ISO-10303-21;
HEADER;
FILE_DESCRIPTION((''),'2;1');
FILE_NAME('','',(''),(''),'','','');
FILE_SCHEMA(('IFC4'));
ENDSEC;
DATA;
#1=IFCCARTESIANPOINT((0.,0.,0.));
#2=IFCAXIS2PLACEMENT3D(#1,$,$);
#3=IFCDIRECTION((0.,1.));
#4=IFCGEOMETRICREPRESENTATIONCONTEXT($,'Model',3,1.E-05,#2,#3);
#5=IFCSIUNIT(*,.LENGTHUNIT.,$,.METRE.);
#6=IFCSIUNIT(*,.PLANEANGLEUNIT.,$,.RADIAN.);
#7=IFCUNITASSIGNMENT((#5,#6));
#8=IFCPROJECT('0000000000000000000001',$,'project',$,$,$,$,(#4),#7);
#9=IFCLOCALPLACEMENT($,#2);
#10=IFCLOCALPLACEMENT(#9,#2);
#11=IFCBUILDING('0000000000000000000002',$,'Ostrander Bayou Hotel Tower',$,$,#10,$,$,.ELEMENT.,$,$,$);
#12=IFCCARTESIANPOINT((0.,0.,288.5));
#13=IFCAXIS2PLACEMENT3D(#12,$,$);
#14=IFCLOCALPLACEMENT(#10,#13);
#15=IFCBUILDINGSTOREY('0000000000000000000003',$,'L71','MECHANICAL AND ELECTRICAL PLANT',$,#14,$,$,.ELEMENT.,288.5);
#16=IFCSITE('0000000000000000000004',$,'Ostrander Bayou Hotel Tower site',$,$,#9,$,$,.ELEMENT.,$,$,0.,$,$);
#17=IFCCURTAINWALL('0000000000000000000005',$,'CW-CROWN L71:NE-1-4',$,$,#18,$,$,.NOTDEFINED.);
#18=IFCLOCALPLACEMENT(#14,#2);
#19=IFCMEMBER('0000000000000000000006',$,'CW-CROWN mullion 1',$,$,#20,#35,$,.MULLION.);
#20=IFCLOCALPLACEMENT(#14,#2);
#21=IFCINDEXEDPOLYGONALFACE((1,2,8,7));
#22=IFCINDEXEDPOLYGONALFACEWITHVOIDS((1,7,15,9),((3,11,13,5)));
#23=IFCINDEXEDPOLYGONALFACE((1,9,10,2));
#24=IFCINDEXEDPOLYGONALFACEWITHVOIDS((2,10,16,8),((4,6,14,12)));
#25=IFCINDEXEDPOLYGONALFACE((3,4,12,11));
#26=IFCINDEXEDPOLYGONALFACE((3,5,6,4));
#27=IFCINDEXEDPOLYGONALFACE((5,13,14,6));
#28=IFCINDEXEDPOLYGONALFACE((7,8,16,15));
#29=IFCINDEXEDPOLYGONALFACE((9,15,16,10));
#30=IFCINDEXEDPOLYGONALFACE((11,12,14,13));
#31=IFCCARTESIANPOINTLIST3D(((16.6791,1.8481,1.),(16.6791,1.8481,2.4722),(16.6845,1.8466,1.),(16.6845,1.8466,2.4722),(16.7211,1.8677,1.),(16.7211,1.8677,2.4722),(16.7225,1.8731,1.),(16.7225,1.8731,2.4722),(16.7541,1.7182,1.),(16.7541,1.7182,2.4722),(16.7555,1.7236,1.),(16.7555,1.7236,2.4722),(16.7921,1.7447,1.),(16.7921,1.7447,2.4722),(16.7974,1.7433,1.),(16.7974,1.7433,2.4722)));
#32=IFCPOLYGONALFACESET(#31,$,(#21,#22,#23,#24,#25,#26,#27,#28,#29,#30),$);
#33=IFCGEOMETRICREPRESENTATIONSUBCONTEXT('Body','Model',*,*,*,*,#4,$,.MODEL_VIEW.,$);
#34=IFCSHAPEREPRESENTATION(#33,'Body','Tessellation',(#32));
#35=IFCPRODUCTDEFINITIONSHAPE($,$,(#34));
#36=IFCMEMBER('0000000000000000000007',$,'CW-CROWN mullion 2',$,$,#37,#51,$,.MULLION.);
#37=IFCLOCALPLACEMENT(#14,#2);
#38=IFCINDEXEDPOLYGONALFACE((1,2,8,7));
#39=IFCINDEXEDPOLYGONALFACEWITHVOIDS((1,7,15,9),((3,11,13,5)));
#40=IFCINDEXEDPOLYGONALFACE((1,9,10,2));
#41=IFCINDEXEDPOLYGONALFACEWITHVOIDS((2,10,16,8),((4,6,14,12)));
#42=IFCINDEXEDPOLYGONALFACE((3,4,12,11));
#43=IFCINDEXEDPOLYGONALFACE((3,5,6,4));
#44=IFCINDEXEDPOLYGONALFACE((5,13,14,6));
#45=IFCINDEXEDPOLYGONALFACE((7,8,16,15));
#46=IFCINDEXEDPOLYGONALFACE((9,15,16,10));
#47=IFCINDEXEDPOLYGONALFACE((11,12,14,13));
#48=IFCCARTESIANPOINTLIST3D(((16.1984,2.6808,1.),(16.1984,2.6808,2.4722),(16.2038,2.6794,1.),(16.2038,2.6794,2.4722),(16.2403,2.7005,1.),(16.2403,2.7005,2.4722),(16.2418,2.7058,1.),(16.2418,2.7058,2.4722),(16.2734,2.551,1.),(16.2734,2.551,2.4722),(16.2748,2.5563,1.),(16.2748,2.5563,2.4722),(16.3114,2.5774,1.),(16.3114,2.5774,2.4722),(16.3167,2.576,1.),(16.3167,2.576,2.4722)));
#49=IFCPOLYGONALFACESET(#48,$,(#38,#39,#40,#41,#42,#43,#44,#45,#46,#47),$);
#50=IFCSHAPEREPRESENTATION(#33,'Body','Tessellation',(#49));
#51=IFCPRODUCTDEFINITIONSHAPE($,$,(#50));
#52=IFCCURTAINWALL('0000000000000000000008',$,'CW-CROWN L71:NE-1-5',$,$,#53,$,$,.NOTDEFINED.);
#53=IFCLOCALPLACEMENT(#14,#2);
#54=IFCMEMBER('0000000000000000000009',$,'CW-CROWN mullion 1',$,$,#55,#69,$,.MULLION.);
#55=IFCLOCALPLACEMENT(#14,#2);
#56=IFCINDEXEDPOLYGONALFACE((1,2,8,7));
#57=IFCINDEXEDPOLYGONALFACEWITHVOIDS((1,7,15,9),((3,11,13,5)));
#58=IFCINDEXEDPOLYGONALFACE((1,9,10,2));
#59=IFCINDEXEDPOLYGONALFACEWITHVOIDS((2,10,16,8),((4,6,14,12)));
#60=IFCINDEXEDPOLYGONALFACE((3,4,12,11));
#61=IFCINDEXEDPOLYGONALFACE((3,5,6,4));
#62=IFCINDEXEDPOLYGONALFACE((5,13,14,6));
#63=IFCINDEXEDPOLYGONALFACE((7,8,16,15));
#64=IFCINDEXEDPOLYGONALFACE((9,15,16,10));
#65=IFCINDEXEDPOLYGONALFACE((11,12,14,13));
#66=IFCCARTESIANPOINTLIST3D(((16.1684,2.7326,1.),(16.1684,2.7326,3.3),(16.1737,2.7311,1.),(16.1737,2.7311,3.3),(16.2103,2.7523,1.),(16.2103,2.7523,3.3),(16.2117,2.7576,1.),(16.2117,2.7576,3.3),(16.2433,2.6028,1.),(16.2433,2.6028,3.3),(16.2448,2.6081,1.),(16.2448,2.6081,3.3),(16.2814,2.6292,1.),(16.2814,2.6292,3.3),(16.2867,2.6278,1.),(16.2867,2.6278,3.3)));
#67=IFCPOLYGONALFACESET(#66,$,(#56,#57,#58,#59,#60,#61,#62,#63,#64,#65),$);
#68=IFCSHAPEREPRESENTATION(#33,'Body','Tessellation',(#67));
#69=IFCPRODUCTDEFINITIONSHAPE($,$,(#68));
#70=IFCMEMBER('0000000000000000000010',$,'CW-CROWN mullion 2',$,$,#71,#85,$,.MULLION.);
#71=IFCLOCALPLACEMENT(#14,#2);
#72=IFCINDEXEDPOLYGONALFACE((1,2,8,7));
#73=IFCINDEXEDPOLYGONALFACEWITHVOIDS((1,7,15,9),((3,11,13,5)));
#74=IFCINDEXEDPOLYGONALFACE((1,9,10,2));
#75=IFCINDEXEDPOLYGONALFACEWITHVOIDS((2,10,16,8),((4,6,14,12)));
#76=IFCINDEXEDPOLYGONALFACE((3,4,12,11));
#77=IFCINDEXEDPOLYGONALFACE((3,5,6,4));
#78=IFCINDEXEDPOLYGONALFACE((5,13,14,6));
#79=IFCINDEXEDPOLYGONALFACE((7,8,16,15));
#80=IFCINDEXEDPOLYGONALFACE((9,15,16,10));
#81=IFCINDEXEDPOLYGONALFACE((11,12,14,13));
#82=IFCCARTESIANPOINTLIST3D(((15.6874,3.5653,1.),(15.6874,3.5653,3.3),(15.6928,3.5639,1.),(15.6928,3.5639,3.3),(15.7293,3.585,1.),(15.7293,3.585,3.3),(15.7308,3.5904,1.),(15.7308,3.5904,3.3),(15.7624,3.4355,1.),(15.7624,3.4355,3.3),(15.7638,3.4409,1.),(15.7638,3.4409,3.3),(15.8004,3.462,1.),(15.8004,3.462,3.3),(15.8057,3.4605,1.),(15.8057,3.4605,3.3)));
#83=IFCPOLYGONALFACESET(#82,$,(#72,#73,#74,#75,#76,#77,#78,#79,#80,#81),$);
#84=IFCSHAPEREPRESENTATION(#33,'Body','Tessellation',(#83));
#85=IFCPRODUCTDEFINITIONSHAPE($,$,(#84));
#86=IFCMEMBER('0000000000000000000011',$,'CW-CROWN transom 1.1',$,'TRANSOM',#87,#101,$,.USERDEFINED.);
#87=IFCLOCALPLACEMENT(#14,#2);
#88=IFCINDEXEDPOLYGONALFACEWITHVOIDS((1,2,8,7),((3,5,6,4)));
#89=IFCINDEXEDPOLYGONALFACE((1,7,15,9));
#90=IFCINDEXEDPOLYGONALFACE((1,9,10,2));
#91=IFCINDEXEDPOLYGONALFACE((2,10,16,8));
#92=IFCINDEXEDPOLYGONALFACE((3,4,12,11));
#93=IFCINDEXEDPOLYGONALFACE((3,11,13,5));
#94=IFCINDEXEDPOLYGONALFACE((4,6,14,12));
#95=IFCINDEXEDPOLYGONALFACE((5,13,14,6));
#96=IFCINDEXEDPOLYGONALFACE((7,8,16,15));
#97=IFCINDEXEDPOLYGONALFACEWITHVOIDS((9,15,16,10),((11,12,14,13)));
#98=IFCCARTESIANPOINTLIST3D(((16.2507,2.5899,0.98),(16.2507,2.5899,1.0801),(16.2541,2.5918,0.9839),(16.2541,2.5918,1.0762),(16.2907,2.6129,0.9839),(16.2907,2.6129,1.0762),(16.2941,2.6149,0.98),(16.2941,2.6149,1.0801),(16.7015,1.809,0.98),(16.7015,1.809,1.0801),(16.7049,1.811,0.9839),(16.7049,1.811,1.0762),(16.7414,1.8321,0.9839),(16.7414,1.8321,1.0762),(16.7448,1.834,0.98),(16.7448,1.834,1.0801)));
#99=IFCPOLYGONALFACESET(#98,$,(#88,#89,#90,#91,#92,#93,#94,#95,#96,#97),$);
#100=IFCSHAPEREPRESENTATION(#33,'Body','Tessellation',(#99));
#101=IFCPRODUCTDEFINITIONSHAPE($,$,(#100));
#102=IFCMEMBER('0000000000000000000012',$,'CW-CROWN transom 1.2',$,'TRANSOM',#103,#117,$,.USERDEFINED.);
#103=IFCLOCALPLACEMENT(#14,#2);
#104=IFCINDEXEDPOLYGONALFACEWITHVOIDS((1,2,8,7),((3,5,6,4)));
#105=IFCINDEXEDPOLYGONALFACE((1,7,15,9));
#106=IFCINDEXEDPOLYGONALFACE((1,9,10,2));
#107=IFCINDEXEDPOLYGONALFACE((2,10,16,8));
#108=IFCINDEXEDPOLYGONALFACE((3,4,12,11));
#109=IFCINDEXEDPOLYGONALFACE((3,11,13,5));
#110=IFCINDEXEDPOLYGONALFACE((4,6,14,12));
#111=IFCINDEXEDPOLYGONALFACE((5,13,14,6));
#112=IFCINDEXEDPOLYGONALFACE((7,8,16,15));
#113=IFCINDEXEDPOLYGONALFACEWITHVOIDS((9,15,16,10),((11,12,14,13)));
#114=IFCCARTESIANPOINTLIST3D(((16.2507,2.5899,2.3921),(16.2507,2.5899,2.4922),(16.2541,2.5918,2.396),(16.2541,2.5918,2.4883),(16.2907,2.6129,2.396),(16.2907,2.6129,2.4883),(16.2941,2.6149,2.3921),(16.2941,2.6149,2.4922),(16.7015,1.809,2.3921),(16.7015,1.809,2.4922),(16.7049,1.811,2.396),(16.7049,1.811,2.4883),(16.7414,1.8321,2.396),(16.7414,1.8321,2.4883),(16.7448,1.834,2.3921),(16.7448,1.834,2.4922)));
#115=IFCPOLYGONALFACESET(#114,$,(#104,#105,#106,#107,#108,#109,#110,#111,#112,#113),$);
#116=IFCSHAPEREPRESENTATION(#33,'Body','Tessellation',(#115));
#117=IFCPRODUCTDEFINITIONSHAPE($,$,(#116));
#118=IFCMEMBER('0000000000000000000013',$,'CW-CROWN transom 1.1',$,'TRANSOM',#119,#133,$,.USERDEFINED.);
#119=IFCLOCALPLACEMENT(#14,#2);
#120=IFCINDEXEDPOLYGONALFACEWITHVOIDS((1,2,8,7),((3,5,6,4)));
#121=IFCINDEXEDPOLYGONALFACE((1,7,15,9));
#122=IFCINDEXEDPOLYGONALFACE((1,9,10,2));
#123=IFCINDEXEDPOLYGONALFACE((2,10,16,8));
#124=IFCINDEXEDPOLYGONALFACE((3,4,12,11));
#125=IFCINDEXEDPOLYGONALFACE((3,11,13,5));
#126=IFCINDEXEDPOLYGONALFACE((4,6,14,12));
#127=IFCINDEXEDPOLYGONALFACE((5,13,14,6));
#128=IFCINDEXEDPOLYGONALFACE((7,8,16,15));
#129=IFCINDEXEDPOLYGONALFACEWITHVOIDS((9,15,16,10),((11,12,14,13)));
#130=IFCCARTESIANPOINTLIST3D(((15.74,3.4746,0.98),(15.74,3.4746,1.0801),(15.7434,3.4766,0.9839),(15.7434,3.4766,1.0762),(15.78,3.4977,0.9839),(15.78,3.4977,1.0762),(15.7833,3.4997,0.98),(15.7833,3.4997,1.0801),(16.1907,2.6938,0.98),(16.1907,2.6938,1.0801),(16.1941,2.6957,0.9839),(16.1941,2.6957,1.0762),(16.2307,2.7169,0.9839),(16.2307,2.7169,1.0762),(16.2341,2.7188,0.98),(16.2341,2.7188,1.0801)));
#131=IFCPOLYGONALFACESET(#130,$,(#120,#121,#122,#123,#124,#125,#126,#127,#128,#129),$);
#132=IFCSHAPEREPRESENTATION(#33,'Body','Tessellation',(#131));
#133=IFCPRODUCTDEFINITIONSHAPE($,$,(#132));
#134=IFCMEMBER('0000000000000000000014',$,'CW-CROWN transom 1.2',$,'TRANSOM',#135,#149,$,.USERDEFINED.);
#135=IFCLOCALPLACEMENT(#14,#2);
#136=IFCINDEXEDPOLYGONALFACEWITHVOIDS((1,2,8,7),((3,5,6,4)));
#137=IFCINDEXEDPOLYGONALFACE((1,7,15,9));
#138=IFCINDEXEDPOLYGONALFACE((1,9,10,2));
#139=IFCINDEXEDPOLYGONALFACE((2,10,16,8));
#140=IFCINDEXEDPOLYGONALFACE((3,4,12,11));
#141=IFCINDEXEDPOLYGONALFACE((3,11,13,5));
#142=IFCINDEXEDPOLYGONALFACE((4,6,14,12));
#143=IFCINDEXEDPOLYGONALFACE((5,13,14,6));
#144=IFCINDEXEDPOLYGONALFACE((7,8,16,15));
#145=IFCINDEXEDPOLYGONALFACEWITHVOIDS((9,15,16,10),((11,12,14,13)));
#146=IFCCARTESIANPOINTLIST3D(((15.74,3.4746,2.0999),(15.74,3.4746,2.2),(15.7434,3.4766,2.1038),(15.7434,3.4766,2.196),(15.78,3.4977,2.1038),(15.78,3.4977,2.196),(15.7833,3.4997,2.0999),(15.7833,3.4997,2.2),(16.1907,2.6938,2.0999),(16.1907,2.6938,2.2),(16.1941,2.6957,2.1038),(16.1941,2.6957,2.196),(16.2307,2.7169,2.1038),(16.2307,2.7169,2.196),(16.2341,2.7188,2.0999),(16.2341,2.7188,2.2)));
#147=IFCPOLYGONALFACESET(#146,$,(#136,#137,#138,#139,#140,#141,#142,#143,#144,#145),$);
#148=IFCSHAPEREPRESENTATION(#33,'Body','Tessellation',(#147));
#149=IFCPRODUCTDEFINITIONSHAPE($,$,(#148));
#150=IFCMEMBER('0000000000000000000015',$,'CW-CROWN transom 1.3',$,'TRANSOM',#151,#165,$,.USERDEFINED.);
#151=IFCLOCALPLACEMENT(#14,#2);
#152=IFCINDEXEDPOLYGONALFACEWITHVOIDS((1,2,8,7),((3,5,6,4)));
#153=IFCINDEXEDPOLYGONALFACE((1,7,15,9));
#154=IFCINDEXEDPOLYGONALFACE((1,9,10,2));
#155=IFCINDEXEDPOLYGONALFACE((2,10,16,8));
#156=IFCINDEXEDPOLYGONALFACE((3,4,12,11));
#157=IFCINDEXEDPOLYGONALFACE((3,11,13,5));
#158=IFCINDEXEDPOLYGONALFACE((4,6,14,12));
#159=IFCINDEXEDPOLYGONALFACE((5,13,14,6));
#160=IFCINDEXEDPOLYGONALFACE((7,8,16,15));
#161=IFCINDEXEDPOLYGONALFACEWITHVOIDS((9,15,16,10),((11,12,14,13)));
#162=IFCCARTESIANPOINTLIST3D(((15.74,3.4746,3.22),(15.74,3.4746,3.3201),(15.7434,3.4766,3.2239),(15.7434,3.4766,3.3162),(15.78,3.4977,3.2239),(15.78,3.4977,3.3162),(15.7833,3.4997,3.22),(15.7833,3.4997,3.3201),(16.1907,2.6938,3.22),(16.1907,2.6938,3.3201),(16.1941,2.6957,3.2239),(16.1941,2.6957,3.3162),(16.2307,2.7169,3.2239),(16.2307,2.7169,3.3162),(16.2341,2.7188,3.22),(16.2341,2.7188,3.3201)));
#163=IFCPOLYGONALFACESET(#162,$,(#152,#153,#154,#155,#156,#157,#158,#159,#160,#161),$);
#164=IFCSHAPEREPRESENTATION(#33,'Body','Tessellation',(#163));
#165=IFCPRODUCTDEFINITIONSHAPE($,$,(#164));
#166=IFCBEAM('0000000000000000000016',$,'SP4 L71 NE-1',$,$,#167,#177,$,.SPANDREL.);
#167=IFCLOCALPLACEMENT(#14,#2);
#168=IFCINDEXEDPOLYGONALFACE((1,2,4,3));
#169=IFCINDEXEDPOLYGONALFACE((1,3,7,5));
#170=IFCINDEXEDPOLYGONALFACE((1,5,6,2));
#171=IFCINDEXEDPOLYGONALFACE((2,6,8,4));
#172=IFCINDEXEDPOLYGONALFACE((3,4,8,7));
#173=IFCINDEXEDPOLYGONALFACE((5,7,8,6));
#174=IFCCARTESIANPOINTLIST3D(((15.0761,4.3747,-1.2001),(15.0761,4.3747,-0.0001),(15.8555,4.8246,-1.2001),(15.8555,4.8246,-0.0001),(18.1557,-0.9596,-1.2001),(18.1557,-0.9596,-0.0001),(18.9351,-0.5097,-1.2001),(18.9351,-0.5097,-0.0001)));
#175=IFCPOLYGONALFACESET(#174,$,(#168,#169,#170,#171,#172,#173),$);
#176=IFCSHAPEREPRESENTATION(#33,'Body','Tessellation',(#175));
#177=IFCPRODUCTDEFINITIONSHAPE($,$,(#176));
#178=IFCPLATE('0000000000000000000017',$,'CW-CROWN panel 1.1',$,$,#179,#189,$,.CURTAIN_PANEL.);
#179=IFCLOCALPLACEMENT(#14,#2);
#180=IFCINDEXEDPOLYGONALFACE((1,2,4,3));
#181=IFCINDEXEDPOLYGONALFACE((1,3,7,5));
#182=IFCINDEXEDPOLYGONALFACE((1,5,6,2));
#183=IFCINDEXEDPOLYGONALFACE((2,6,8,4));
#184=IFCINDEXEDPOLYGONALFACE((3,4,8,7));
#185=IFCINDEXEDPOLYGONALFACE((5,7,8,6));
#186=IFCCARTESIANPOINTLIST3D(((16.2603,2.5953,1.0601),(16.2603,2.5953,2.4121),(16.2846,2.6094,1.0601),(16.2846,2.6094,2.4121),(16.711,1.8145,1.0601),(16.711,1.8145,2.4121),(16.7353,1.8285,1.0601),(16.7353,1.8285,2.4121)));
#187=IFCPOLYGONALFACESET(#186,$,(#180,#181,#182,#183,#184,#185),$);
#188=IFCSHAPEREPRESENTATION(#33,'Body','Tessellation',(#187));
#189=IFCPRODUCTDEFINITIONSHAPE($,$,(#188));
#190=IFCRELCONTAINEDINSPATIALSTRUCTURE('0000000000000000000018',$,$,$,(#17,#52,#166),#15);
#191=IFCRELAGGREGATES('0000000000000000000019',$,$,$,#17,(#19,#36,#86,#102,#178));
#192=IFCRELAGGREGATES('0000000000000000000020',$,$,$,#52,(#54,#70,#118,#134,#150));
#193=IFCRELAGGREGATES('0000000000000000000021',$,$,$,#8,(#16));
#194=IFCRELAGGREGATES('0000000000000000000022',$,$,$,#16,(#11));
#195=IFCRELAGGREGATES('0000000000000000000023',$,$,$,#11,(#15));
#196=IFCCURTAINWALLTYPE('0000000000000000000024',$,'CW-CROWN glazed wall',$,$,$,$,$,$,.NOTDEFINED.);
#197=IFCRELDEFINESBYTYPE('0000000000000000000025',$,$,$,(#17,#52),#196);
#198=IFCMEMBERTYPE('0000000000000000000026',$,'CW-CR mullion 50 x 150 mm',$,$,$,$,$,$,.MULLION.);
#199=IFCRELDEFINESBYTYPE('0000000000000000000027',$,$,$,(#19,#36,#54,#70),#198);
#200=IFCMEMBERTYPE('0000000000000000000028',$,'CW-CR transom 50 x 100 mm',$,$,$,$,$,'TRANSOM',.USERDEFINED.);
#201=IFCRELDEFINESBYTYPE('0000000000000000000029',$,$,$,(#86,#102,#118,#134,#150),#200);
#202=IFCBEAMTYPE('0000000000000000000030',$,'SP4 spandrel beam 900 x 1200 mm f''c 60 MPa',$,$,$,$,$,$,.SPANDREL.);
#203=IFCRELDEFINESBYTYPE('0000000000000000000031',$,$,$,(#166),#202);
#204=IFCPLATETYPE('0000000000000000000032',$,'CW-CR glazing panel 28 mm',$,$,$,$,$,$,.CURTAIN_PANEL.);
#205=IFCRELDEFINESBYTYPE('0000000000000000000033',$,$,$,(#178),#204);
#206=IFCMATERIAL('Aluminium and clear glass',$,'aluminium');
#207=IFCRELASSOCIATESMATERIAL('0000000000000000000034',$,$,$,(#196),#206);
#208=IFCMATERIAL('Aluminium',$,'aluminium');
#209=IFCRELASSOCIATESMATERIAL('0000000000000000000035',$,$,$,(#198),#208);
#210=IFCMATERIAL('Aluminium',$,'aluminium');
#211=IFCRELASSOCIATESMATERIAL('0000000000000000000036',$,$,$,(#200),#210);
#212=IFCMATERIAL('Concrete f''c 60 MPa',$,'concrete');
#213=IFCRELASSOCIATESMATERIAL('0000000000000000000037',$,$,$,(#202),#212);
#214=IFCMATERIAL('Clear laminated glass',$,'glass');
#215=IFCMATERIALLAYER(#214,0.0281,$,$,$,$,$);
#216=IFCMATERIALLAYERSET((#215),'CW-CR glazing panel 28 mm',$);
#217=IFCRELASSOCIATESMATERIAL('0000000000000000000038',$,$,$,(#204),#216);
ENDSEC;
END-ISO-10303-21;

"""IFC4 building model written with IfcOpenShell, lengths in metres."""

from ifc_helpers import new_model, si_unit, direction, frame, origin, origin_2d, place, context, subcontext, project, spatial, rectangle, hollow_rectangle, extrude, material, layer, layer_set, material_profile, profile_set, type_object, element, aggregate, save


model = new_model("IFC4")

# Units and contexts
model_context = context("Model", 3, precision=1e-05, world=origin(), true_north=direction((0.0, 1.0)))
body_context = subcontext(model_context, "Body", "Model", "MODEL_VIEW")
ifc_project = project(units=[si_unit("LENGTHUNIT", "METRE"), si_unit("PLANEANGLEUNIT", "RADIAN")], contexts=[model_context])

# Site, building, storey
site_placement = place(None, origin())
site = spatial("IfcSite", under=ifc_project, at=site_placement, Name="Ostrander Bayou Hotel Tower site", CompositionType="ELEMENT", RefElevation=0.0)
building_placement = place(site_placement, origin())
building = spatial("IfcBuilding", under=site, at=building_placement, Name="Ostrander Bayou Hotel Tower", CompositionType="ELEMENT")
storey_placement = place(building_placement, frame((0.0, 0.0, 288.5)))
storey = spatial("IfcBuildingStorey", under=building, at=storey_placement, Name="L71", Description="MECHANICAL AND ELECTRICAL PLANT", CompositionType="ELEMENT", Elevation=288.5)

# Curtain walls, members
ifc_material_1 = material(Name="Aluminium and clear glass", Category="aluminium")
curtain_wall_type = type_object("IfcCurtainWallType", Name="CW-CROWN glazed wall", PredefinedType="NOTDEFINED", material=ifc_material_1)
curtain_wall_1_placement = place(storey_placement, origin())
curtain_wall_1 = element("IfcCurtainWall", 1, at=curtain_wall_1_placement, inside=storey, type_object=curtain_wall_type, Name="CW-CROWN L71:NE-1-4", PredefinedType="NOTDEFINED")
ifc_material_2 = material(Name="Aluminium", Category="aluminium")
ifc_material_profile_1 = material_profile(ifc_material_2, hollow_rectangle(XDim=0.05, YDim=0.1499, WallThickness=0.0039, at=origin_2d()))
ifc_profile_set_1 = profile_set([ifc_material_profile_1], Name="Aluminium")
member_type_1 = type_object("IfcMemberType", Name="CW-CR mullion 50 x 150 mm", PredefinedType="MULLION", material=ifc_profile_set_1)
member_1_placement = place(storey_placement, frame((16.7383, 1.7957, 1.0), z_axis=(0.0, 0.0, 1.0), x_axis=(-0.86606, -0.49994, 0.0)))
member_1 = element("IfcMember", 2, at=member_1_placement, type_object=member_type_1, Name="CW-CROWN mullion 1", PredefinedType="MULLION", context=body_context, shape_type="SweptSolid", body=[
    extrude(hollow_rectangle(XDim=0.05, YDim=0.1499, WallThickness=0.0039, at=origin_2d()), origin(), (0.0, 0.0, 1.0), 1.4722),
])
member_2_placement = place(storey_placement, frame((16.2576, 2.6284, 1.0), z_axis=(0.0, 0.0, 1.0), x_axis=(-0.86606, -0.49994, 0.0)))
member_2 = element("IfcMember", 3, at=member_2_placement, type_object=member_type_1, Name="CW-CROWN mullion 2", PredefinedType="MULLION", context=body_context, shape_type="SweptSolid", body=[
    extrude(hollow_rectangle(XDim=0.05, YDim=0.1499, WallThickness=0.0039, at=origin_2d()), origin(), (0.0, 0.0, 1.0), 1.4722),
])
curtain_wall_2_placement = place(storey_placement, origin())
curtain_wall_2 = element("IfcCurtainWall", 4, at=curtain_wall_2_placement, inside=storey, type_object=curtain_wall_type, Name="CW-CROWN L71:NE-1-5", PredefinedType="NOTDEFINED")
member_3_placement = place(storey_placement, frame((16.2275, 2.6802, 1.0), z_axis=(0.0, 0.0, 1.0), x_axis=(-0.866018, -0.500013, 0.0)))
member_3 = element("IfcMember", 5, at=member_3_placement, type_object=member_type_1, Name="CW-CROWN mullion 1", PredefinedType="MULLION", context=body_context, shape_type="SweptSolid", body=[
    extrude(hollow_rectangle(XDim=0.05, YDim=0.1499, WallThickness=0.0039, at=origin_2d()), origin(), (0.0, 0.0, 1.0), 2.3),
])
member_4_placement = place(storey_placement, frame((15.7466, 3.5129, 1.0), z_axis=(0.0, 0.0, 1.0), x_axis=(-0.866018, -0.500013, 0.0)))
member_4 = element("IfcMember", 6, at=member_4_placement, type_object=member_type_1, Name="CW-CROWN mullion 2", PredefinedType="MULLION", context=body_context, shape_type="SweptSolid", body=[
    extrude(hollow_rectangle(XDim=0.05, YDim=0.1499, WallThickness=0.0039, at=origin_2d()), origin(), (0.0, 0.0, 1.0), 2.3),
])

# Members
ifc_material_3 = material(Name="Aluminium", Category="aluminium")
ifc_material_profile_2 = material_profile(ifc_material_3, hollow_rectangle(XDim=0.05, YDim=0.1001, WallThickness=0.0039, at=origin_2d()))
ifc_profile_set_2 = profile_set([ifc_material_profile_2], Name="Aluminium")
member_type_2 = type_object("IfcMemberType", Name="CW-CR transom 50 x 100 mm", ElementType="TRANSOM", PredefinedType="USERDEFINED", material=ifc_profile_set_2)
member_5_placement = place(storey_placement, frame((16.7231, 1.8215, 1.03), z_axis=(-0.499926, 0.866068, 0.0), x_axis=(-0.866068, -0.499926, 0.0)))
member_5 = element("IfcMember", 7, at=member_5_placement, type_object=member_type_2, Name="CW-CROWN transom 1.1", ObjectType="TRANSOM", PredefinedType="USERDEFINED", context=body_context, shape_type="SweptSolid", body=[
    extrude(hollow_rectangle(XDim=0.05, YDim=0.1001, WallThickness=0.0039, at=origin_2d()), origin(), (0.0, 0.0, 1.0), 0.9016),
])
member_6_placement = place(storey_placement, frame((16.7231, 1.8215, 2.4421), z_axis=(-0.499926, 0.866068, 0.0), x_axis=(-0.866068, -0.499926, 0.0)))
member_6 = element("IfcMember", 8, at=member_6_placement, type_object=member_type_2, Name="CW-CROWN transom 1.2", ObjectType="TRANSOM", PredefinedType="USERDEFINED", context=body_context, shape_type="SweptSolid", body=[
    extrude(hollow_rectangle(XDim=0.05, YDim=0.1001, WallThickness=0.0039, at=origin_2d()), origin(), (0.0, 0.0, 1.0), 0.9016),
])
member_7_placement = place(storey_placement, frame((16.2124, 2.7063, 1.03), z_axis=(-0.499926, 0.866068, 0.0), x_axis=(-0.866068, -0.499926, 0.0)))
member_7 = element("IfcMember", 9, at=member_7_placement, type_object=member_type_2, Name="CW-CROWN transom 1.1", ObjectType="TRANSOM", PredefinedType="USERDEFINED", context=body_context, shape_type="SweptSolid", body=[
    extrude(hollow_rectangle(XDim=0.05, YDim=0.1001, WallThickness=0.0039, at=origin_2d()), origin(), (0.0, 0.0, 1.0), 0.9016),
])
member_8_placement = place(storey_placement, frame((16.2124, 2.7063, 2.1499), z_axis=(-0.499926, 0.866068, 0.0), x_axis=(-0.866068, -0.499926, 0.0)))
member_8 = element("IfcMember", 10, at=member_8_placement, type_object=member_type_2, Name="CW-CROWN transom 1.2", ObjectType="TRANSOM", PredefinedType="USERDEFINED", context=body_context, shape_type="SweptSolid", body=[
    extrude(hollow_rectangle(XDim=0.05, YDim=0.1001, WallThickness=0.0039, at=origin_2d()), origin(), (0.0, 0.0, 1.0), 0.9016),
])
member_9_placement = place(storey_placement, frame((16.2124, 2.7063, 3.27), z_axis=(-0.499926, 0.866068, 0.0), x_axis=(-0.866068, -0.499926, 0.0)))
member_9 = element("IfcMember", 11, at=member_9_placement, type_object=member_type_2, Name="CW-CROWN transom 1.3", ObjectType="TRANSOM", PredefinedType="USERDEFINED", context=body_context, shape_type="SweptSolid", body=[
    extrude(hollow_rectangle(XDim=0.05, YDim=0.1001, WallThickness=0.0039, at=origin_2d()), origin(), (0.0, 0.0, 1.0), 0.9016),
])

# Beam
ifc_material_4 = material(Name="Concrete f'c 60 MPa", Category="concrete")
ifc_material_profile_3 = material_profile(ifc_material_4, rectangle(XDim=0.8999, YDim=1.2, at=origin_2d()))
ifc_profile_set_3 = profile_set([ifc_material_profile_3], Name="Concrete f'c 60 MPa")
beam_type = type_object("IfcBeamType", Name="SP4 spandrel beam 900 x 1200 mm f'c 60 MPa", PredefinedType="SPANDREL", material=ifc_profile_set_3)
beam_placement = place(storey_placement, frame((18.5454, -0.7346, -0.6001), z_axis=(-0.499984, 0.866034, 0.0), x_axis=(-0.866034, -0.499984, 0.0)))
element("IfcBeam", 12, at=beam_placement, inside=storey, type_object=beam_type, Name="SP4 L71 NE-1", PredefinedType="SPANDREL", context=body_context, shape_type="SweptSolid", body=[
    extrude(rectangle(XDim=0.8999, YDim=1.2, at=origin_2d()), origin(), (0.0, 0.0, 1.0), 6.1594),
])

# Plate
ifc_material_5 = material(Name="Clear laminated glass", Category="glass")
ifc_layer_1 = layer(ifc_material_5, 0.0281)
ifc_layer_set_1 = layer_set([ifc_layer_1], Name="CW-CR glazing panel 28 mm")
plate_type = type_object("IfcPlateType", Name="CW-CR glazing panel 28 mm", PredefinedType="CURTAIN_PANEL", material=ifc_layer_set_1)
plate_1_placement = place(storey_placement, frame((16.4978, 2.2119, 1.0601), z_axis=(0.0, 0.0, 1.0), x_axis=(-0.49994, 0.86606, 0.0)))
plate_1 = element("IfcPlate", 13, at=plate_1_placement, type_object=plate_type, Name="CW-CROWN panel 1.1", PredefinedType="CURTAIN_PANEL", context=body_context, shape_type="SweptSolid", body=[
    extrude(rectangle(XDim=0.9016, YDim=0.0281, at=origin_2d()), origin(), (0.0, 0.0, 1.0), 1.3521),
])
aggregate(curtain_wall_1, [member_1, member_2, member_5, member_6, plate_1])
aggregate(curtain_wall_2, [member_3, member_4, member_7, member_8, member_9])

save(model, "model.ifc")
